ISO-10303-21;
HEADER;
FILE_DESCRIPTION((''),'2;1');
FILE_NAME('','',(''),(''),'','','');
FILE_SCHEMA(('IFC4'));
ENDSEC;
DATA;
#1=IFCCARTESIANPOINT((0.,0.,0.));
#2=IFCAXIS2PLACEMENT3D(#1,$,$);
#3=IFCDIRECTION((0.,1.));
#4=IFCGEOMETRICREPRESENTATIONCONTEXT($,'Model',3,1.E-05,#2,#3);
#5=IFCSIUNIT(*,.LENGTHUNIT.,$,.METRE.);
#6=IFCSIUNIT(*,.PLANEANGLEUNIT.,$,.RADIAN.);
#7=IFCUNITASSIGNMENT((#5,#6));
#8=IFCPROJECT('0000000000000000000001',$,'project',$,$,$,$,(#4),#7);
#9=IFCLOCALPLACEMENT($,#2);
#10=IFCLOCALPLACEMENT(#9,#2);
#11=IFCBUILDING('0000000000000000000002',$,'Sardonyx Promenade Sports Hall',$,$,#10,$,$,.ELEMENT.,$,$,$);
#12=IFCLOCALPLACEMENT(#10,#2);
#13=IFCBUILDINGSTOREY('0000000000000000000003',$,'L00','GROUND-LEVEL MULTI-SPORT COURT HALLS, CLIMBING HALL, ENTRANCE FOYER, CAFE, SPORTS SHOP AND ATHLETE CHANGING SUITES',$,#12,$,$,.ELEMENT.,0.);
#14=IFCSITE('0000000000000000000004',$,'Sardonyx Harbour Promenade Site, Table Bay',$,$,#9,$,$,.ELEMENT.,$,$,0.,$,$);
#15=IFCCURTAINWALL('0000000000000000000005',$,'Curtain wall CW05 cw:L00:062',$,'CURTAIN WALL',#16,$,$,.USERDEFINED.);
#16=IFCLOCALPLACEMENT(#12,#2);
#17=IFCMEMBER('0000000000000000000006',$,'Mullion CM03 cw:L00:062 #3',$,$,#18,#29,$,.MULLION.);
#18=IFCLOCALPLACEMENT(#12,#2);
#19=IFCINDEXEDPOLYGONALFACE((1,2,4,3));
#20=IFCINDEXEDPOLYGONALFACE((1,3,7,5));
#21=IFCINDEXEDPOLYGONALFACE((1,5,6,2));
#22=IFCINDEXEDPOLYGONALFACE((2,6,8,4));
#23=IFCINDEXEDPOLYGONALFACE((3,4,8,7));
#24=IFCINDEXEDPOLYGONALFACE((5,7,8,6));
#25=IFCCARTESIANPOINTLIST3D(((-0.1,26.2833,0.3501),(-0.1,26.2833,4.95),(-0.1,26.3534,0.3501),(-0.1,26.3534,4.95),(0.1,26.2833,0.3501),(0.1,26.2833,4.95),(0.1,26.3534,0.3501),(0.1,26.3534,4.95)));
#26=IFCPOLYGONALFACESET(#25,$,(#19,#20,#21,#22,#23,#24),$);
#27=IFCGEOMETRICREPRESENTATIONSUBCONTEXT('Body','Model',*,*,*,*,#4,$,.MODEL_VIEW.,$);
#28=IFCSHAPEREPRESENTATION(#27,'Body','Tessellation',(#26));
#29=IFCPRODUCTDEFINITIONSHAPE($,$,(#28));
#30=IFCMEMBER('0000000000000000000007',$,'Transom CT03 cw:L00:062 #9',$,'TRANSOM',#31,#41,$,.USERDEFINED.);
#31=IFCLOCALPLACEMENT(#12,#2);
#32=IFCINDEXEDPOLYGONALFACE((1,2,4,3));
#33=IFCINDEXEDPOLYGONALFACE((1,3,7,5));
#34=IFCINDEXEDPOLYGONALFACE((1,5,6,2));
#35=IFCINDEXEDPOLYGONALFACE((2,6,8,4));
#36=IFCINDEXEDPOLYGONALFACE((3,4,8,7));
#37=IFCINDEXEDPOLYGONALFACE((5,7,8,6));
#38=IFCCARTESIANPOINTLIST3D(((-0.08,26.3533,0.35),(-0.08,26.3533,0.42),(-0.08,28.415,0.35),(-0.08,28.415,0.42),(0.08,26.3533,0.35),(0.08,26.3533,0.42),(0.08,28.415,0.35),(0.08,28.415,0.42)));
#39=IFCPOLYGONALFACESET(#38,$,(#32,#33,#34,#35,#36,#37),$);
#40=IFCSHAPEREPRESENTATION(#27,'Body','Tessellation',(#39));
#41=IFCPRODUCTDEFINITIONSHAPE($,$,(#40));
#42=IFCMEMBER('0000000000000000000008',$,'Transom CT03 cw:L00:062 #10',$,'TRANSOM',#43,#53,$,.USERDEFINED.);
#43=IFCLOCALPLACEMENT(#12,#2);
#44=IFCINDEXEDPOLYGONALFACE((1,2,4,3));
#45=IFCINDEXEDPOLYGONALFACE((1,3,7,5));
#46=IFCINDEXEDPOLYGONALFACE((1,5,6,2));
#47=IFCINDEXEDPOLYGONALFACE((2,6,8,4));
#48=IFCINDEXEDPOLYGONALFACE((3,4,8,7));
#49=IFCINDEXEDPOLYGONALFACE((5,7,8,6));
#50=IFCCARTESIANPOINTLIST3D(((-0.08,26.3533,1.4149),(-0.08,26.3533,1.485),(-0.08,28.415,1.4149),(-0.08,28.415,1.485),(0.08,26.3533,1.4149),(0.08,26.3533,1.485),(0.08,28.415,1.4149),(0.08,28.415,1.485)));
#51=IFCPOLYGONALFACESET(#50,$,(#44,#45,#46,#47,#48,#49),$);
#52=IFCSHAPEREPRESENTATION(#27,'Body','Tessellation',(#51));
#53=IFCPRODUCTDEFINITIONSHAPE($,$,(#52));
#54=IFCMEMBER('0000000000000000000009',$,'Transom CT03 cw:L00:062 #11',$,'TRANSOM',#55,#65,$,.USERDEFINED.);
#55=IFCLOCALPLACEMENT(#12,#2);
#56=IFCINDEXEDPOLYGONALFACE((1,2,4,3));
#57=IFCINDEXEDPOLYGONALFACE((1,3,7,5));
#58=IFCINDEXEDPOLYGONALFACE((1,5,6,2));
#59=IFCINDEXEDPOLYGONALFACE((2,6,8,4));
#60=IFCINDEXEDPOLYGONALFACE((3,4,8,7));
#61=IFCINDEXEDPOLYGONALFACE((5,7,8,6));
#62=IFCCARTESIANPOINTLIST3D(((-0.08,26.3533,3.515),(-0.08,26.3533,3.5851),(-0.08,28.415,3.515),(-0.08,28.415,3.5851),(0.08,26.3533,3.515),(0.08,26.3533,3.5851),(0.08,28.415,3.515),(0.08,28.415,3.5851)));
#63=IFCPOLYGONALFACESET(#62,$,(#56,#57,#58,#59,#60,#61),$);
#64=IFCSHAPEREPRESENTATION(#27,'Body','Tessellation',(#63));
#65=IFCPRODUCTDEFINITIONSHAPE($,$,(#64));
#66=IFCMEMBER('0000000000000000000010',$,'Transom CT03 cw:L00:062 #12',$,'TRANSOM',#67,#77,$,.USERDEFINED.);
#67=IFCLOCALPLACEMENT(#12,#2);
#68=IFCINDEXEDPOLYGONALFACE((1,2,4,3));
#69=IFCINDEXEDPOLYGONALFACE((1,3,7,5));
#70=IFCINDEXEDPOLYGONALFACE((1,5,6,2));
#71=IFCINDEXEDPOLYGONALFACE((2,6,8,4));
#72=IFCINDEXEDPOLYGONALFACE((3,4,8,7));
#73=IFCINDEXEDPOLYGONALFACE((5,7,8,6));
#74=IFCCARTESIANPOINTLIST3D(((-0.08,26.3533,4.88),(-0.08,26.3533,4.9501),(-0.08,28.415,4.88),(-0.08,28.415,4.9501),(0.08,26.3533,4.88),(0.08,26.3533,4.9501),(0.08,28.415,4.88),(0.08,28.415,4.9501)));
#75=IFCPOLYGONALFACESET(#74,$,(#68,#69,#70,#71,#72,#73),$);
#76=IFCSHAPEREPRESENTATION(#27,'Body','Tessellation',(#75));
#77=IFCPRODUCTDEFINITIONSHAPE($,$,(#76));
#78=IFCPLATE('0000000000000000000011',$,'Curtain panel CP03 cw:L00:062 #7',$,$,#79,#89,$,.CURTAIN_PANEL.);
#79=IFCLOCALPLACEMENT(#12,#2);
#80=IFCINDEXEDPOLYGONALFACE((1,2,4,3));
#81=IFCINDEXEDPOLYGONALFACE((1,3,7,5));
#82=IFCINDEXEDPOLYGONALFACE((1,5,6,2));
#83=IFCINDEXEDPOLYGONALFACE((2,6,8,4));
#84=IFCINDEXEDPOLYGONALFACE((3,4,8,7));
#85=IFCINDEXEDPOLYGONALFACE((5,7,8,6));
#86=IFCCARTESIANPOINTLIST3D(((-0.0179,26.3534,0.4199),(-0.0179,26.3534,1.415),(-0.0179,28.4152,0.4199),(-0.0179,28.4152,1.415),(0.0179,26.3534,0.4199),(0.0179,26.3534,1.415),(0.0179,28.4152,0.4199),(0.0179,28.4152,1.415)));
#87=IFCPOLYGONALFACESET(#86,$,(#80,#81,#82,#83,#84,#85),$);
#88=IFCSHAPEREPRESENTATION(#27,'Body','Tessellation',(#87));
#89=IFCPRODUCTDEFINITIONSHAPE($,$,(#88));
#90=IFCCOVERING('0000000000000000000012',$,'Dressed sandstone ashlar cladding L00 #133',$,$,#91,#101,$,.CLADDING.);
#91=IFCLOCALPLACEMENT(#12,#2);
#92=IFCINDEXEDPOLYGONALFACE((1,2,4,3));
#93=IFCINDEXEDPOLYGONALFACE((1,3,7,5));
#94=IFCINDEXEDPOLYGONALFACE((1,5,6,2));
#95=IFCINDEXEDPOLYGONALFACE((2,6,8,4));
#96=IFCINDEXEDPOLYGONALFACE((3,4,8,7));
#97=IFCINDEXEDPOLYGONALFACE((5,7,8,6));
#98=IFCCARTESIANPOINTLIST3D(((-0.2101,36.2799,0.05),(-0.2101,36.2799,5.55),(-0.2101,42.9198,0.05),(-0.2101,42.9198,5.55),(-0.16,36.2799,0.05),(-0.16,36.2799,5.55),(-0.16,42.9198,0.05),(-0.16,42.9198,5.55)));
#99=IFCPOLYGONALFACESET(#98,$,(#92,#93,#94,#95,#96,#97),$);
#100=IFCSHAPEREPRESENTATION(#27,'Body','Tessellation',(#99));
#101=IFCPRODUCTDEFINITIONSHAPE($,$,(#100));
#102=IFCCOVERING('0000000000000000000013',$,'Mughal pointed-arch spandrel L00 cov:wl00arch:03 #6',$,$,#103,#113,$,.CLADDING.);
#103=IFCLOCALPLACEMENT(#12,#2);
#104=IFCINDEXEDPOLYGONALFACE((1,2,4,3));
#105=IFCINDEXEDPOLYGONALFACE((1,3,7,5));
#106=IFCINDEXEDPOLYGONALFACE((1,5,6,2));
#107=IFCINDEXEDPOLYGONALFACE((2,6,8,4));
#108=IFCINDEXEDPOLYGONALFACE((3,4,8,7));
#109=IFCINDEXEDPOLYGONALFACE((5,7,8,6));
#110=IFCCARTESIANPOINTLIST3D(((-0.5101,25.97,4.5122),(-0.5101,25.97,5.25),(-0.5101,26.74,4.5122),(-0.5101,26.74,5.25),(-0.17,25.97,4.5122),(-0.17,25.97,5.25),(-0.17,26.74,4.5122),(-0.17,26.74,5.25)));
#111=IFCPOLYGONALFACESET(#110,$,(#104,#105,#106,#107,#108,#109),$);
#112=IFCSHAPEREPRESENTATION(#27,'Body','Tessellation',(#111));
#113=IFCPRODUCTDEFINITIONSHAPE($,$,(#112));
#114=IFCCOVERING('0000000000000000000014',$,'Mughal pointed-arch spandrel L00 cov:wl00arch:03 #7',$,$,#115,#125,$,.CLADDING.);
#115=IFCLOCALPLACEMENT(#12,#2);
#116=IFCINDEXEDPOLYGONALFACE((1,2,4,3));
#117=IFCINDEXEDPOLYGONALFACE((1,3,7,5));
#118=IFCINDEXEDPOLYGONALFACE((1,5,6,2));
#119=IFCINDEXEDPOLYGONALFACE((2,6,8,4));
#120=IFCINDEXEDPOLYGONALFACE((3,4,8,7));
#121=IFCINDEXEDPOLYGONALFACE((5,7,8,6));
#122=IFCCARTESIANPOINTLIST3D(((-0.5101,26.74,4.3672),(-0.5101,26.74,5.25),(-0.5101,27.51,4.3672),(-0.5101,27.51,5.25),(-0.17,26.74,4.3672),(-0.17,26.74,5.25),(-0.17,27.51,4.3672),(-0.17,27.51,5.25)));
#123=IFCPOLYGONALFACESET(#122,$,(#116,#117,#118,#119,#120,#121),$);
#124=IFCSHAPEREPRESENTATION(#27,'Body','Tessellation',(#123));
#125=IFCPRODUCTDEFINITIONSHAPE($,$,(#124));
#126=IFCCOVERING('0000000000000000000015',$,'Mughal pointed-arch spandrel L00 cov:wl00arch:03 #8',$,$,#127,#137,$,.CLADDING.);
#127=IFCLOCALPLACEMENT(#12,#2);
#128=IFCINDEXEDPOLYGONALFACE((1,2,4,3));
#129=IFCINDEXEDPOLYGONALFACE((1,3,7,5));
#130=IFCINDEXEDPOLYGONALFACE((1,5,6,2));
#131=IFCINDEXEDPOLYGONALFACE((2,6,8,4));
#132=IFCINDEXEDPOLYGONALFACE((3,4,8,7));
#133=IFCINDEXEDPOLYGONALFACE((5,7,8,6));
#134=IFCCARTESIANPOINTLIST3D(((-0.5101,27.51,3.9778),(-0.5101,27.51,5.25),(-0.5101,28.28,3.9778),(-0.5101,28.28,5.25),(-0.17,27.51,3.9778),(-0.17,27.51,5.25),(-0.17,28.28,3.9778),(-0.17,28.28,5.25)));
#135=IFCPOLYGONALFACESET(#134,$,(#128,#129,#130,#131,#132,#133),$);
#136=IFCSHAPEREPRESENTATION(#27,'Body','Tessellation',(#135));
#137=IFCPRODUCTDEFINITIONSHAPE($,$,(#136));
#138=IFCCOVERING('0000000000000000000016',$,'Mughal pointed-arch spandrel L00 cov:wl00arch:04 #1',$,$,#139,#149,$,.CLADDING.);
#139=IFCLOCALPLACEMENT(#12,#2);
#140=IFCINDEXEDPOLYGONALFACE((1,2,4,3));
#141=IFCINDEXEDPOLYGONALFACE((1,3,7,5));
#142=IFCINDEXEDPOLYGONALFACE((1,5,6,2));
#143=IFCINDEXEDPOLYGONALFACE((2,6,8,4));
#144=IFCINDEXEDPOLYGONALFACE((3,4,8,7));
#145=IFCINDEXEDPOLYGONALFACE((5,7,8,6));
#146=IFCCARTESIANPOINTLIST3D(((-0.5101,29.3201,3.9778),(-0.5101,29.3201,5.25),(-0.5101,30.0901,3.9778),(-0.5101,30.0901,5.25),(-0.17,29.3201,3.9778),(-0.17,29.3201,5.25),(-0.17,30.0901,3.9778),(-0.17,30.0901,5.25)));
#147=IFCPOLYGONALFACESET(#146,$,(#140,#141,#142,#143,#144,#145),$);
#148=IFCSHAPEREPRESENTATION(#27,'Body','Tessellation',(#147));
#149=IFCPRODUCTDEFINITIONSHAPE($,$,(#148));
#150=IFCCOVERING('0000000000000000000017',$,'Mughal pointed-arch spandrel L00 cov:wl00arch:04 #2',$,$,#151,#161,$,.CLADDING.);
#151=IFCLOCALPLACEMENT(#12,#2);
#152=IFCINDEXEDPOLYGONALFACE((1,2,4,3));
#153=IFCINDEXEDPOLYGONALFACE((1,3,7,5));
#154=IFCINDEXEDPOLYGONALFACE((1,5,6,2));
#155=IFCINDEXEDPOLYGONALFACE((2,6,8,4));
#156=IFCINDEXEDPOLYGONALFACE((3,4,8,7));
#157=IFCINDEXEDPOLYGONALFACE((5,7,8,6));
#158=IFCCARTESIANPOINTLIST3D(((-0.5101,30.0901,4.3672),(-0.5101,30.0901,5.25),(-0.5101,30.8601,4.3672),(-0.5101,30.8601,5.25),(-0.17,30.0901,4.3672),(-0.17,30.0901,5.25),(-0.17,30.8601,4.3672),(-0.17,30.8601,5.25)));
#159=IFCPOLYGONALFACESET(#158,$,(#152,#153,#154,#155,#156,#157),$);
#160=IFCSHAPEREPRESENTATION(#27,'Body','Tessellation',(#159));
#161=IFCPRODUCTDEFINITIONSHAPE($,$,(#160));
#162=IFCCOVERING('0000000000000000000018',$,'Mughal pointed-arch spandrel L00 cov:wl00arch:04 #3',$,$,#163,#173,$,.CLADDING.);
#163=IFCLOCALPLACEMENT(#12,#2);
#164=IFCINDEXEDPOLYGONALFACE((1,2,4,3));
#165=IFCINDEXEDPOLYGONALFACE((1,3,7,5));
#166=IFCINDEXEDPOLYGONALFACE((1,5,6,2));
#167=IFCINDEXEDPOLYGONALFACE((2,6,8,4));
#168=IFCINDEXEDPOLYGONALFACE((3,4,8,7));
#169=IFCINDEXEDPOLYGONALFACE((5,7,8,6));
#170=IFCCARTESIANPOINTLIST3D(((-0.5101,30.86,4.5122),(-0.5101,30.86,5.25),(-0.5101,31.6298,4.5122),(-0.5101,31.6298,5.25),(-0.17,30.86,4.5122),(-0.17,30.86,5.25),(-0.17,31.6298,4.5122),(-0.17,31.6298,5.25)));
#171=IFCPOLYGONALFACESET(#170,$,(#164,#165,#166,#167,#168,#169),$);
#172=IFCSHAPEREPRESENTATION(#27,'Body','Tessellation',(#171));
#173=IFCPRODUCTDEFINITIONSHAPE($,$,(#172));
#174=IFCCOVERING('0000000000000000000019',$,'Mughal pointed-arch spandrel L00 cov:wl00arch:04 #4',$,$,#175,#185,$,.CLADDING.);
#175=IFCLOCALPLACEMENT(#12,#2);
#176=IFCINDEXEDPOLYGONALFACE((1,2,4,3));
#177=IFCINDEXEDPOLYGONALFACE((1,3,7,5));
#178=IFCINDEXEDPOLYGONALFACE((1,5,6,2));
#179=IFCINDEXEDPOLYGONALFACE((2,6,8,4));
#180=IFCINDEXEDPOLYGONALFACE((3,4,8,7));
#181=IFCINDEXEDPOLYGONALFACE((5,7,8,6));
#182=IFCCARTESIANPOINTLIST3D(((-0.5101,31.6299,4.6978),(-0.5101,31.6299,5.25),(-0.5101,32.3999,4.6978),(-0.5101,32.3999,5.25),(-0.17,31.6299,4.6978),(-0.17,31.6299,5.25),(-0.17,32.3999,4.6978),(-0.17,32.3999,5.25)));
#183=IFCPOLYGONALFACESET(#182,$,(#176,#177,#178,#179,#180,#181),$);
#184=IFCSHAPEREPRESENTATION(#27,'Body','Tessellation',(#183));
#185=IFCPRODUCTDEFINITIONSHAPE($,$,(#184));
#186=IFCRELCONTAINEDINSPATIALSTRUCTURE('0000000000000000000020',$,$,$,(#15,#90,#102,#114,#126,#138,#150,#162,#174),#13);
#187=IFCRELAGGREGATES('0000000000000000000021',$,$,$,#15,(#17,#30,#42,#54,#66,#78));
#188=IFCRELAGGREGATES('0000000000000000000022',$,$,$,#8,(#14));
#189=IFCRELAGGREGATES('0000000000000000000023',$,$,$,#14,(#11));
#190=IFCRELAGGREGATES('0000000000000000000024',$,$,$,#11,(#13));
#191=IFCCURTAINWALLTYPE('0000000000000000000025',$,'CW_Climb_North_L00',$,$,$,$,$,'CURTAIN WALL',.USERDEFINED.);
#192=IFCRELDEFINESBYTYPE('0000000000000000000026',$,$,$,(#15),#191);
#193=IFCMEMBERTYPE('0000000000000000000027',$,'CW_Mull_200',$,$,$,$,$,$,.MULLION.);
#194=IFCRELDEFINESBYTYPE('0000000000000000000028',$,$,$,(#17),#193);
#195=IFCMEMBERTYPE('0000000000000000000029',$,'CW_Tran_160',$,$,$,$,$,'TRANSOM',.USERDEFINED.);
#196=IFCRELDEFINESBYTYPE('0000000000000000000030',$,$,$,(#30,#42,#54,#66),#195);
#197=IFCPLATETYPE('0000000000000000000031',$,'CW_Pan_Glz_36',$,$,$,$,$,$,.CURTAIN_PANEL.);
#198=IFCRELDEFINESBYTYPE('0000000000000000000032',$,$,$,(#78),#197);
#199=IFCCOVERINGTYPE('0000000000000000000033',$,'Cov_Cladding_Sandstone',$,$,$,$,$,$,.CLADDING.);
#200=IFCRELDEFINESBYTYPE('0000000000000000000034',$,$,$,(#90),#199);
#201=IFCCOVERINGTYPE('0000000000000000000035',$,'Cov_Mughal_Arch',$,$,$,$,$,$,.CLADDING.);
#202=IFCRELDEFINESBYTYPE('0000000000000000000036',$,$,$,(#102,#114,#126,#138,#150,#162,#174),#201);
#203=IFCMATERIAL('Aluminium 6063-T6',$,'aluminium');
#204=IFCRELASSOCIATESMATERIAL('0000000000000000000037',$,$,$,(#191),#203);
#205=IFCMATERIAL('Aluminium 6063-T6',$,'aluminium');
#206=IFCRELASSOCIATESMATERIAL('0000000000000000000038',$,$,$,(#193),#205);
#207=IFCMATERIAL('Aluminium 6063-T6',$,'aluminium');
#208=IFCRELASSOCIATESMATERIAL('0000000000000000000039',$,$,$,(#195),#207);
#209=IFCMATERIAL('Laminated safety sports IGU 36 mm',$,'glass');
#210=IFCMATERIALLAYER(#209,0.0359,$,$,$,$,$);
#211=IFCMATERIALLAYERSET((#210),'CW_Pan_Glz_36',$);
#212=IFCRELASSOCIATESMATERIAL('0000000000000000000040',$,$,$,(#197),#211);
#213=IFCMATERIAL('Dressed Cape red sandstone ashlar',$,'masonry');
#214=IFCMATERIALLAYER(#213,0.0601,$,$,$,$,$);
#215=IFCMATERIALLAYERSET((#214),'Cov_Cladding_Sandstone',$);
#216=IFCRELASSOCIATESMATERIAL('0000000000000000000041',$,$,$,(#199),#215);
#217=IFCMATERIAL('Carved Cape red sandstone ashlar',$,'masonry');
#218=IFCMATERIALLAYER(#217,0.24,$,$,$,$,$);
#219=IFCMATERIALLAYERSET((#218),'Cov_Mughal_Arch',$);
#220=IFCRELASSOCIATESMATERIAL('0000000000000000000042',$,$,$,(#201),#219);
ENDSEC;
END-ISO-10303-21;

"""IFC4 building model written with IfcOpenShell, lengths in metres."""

from ifc_helpers import new_model, si_unit, direction, frame, frame_2d, origin, origin_2d, place, context, subcontext, project, spatial, rectangle, extrude, material, layer, layer_set, material_profile, profile_set, type_object, element, aggregate, save


model = new_model("IFC4")

# Units and contexts
model_context = context("Model", 3, precision=1e-05, world=origin(), true_north=direction((0.0, 1.0)))
body_context = subcontext(model_context, "Body", "Model", "MODEL_VIEW")
ifc_project = project(units=[si_unit("LENGTHUNIT", "METRE"), si_unit("PLANEANGLEUNIT", "RADIAN")], contexts=[model_context])

# Site, building, storey
site_placement = place(None, origin())
site = spatial("IfcSite", under=ifc_project, at=site_placement, Name="Sardonyx Harbour Promenade Site, Table Bay", CompositionType="ELEMENT", RefElevation=0.0)
building_placement = place(site_placement, origin())
building = spatial("IfcBuilding", under=site, at=building_placement, Name="Sardonyx Promenade Sports Hall", CompositionType="ELEMENT")
storey_placement = place(building_placement, origin())
storey = spatial("IfcBuildingStorey", under=building, at=storey_placement, Name="L00", Description="GROUND-LEVEL MULTI-SPORT COURT HALLS, CLIMBING HALL, ENTRANCE FOYER, CAFE, SPORTS SHOP AND ATHLETE CHANGING SUITES", CompositionType="ELEMENT", Elevation=0.0)

# Curtain wall, members, plate
ifc_material_1 = material(Name="Aluminium 6063-T6", Category="aluminium")
curtain_wall_type = type_object("IfcCurtainWallType", Name="CW_Climb_North_L00", ElementType="CURTAIN WALL", PredefinedType="USERDEFINED", material=ifc_material_1)
curtain_wall_placement = place(storey_placement, origin())
curtain_wall = element("IfcCurtainWall", 1, at=curtain_wall_placement, inside=storey, type_object=curtain_wall_type, Name="Curtain wall CW05 cw:L00:062", ObjectType="CURTAIN WALL", PredefinedType="USERDEFINED")
ifc_material_2 = material(Name="Aluminium 6063-T6", Category="aluminium")
ifc_material_profile_1 = material_profile(ifc_material_2, rectangle(XDim=0.0701, YDim=0.2, at=origin_2d()))
ifc_profile_set_1 = profile_set([ifc_material_profile_1], Name="Aluminium 6063-T6")
member_type_1 = type_object("IfcMemberType", Name="CW_Mull_200", PredefinedType="MULLION", material=ifc_profile_set_1)
member_1_placement = place(storey_placement, frame((0.0, 26.3184, 0.3501), z_axis=(0.0, 0.0, 1.0), x_axis=(0.0, 1.0, 0.0)))
member_1 = element("IfcMember", 2, at=member_1_placement, type_object=member_type_1, Name="Mullion CM03 cw:L00:062 #3", PredefinedType="MULLION", context=body_context, shape_type="SweptSolid", body=[
    extrude(rectangle(XDim=0.0701, YDim=0.2, at=origin_2d()), origin(), (0.0, 0.0, 1.0), 4.5999),
])
ifc_material_3 = material(Name="Aluminium 6063-T6", Category="aluminium")
ifc_material_profile_2 = material_profile(ifc_material_3, rectangle(XDim=0.0701, YDim=0.1599, at=origin_2d()))
ifc_profile_set_2 = profile_set([ifc_material_profile_2], Name="Aluminium 6063-T6")
member_type_2 = type_object("IfcMemberType", Name="CW_Tran_160", ElementType="TRANSOM", PredefinedType="USERDEFINED", material=ifc_profile_set_2)
member_2_placement = place(storey_placement, frame((0.0, 26.3533, 0.385), z_axis=(0.0, 1.0, 0.0), x_axis=(0.0, 0.0, 1.0)))
member_2 = element("IfcMember", 3, at=member_2_placement, type_object=member_type_2, Name="Transom CT03 cw:L00:062 #9", ObjectType="TRANSOM", PredefinedType="USERDEFINED", context=body_context, shape_type="SweptSolid", body=[
    extrude(rectangle(XDim=0.0701, YDim=0.1599, at=origin_2d()), origin(), (0.0, 0.0, 1.0), 2.0618),
])
member_3_placement = place(storey_placement, frame((0.0, 26.3533, 1.45), z_axis=(0.0, 1.0, 0.0), x_axis=(0.0, 0.0, 1.0)))
member_3 = element("IfcMember", 4, at=member_3_placement, type_object=member_type_2, Name="Transom CT03 cw:L00:062 #10", ObjectType="TRANSOM", PredefinedType="USERDEFINED", context=body_context, shape_type="SweptSolid", body=[
    extrude(rectangle(XDim=0.0701, YDim=0.1599, at=origin_2d()), origin(), (0.0, 0.0, 1.0), 2.0618),
])
member_4_placement = place(storey_placement, frame((0.0, 26.3533, 3.55), z_axis=(0.0, 1.0, 0.0), x_axis=(0.0, 0.0, 1.0)))
member_4 = element("IfcMember", 5, at=member_4_placement, type_object=member_type_2, Name="Transom CT03 cw:L00:062 #11", ObjectType="TRANSOM", PredefinedType="USERDEFINED", context=body_context, shape_type="SweptSolid", body=[
    extrude(rectangle(XDim=0.0701, YDim=0.1599, at=origin_2d()), origin(), (0.0, 0.0, 1.0), 2.0618),
])
member_5_placement = place(storey_placement, frame((0.0, 26.3533, 4.915), z_axis=(0.0, 1.0, 0.0), x_axis=(0.0, 0.0, 1.0)))
member_5 = element("IfcMember", 6, at=member_5_placement, type_object=member_type_2, Name="Transom CT03 cw:L00:062 #12", ObjectType="TRANSOM", PredefinedType="USERDEFINED", context=body_context, shape_type="SweptSolid", body=[
    extrude(rectangle(XDim=0.0701, YDim=0.1599, at=origin_2d()), origin(), (0.0, 0.0, 1.0), 2.0618),
])
ifc_material_4 = material(Name="Laminated safety sports IGU 36 mm", Category="glass")
ifc_layer_1 = layer(ifc_material_4, 0.0359)
ifc_layer_set_1 = layer_set([ifc_layer_1], Name="CW_Pan_Glz_36")
plate_type = type_object("IfcPlateType", Name="CW_Pan_Glz_36", PredefinedType="CURTAIN_PANEL", material=ifc_layer_set_1)
plate_placement = place(storey_placement, frame((0.0, 27.3843, 0.4199), z_axis=(0.0, 0.0, 1.0), x_axis=(0.0, 1.0, 0.0)))
plate = element("IfcPlate", 7, at=plate_placement, type_object=plate_type, Name="Curtain panel CP03 cw:L00:062 #7", PredefinedType="CURTAIN_PANEL", context=body_context, shape_type="SweptSolid", body=[
    extrude(rectangle(XDim=2.0618, YDim=0.0359, at=origin_2d()), origin(), (0.0, 0.0, 1.0), 0.9951),
])
aggregate(curtain_wall, [member_1, member_2, member_3, member_4, member_5, plate])

# Coverings
ifc_material_5 = material(Name="Dressed Cape red sandstone ashlar", Category="masonry")
ifc_layer_2 = layer(ifc_material_5, 0.0601)
ifc_layer_set_2 = layer_set([ifc_layer_2], Name="Cov_Cladding_Sandstone")
covering_type_1 = type_object("IfcCoveringType", Name="Cov_Cladding_Sandstone", PredefinedType="CLADDING", material=ifc_layer_set_2)
covering_1_placement = place(storey_placement, frame((-0.1851, 36.28, 0.05), z_axis=(0.0, 0.0, 1.0), x_axis=(0.0, 1.0, 0.0)))
element("IfcCovering", 8, at=covering_1_placement, inside=storey, type_object=covering_type_1, Name="Dressed sandstone ashlar cladding L00 #133", PredefinedType="CLADDING", context=body_context, shape_type="SweptSolid", body=[
    extrude(rectangle(XDim=6.6399, YDim=0.05, at=frame_2d((3.3198, 0.0))), origin(), (0.0, 0.0, 1.0), 5.5),
])
ifc_material_6 = material(Name="Carved Cape red sandstone ashlar", Category="masonry")
ifc_layer_3 = layer(ifc_material_6, 0.24)
ifc_layer_set_3 = layer_set([ifc_layer_3], Name="Cov_Mughal_Arch")
covering_type_2 = type_object("IfcCoveringType", Name="Cov_Mughal_Arch", PredefinedType="CLADDING", material=ifc_layer_set_3)
covering_2_placement = place(storey_placement, frame((-0.3401, 25.97, 4.5122), z_axis=(0.0, 0.0, 1.0), x_axis=(0.0, 1.0, 0.0)))
element("IfcCovering", 9, at=covering_2_placement, inside=storey, type_object=covering_type_2, Name="Mughal pointed-arch spandrel L00 cov:wl00arch:03 #6", PredefinedType="CLADDING", context=body_context, shape_type="SweptSolid", body=[
    extrude(rectangle(XDim=0.77, YDim=0.3401, at=frame_2d((0.385, 0.0))), origin(), (0.0, 0.0, 1.0), 0.7378),
])
covering_3_placement = place(storey_placement, frame((-0.3401, 26.74, 4.3672), z_axis=(0.0, 0.0, 1.0), x_axis=(0.0, 1.0, 0.0)))
element("IfcCovering", 10, at=covering_3_placement, inside=storey, type_object=covering_type_2, Name="Mughal pointed-arch spandrel L00 cov:wl00arch:03 #7", PredefinedType="CLADDING", context=body_context, shape_type="SweptSolid", body=[
    extrude(rectangle(XDim=0.77, YDim=0.3401, at=frame_2d((0.385, 0.0))), origin(), (0.0, 0.0, 1.0), 0.8828),
])
for number, where, z_axis, x_axis, name in (
    (11, (-0.3401, 27.51, 3.9778), (0.0, 0.0, 1.0), (0.0, 1.0, 0.0), "Mughal pointed-arch spandrel L00 cov:wl00arch:03 #8"),
    (12, (-0.3401, 29.3201, 3.9778), (0.0, 0.0, 1.0), (0.0, 1.0, 0.0), "Mughal pointed-arch spandrel L00 cov:wl00arch:04 #1"),
):
    element("IfcCovering", number, at=place(storey_placement, frame(where, z_axis=z_axis, x_axis=x_axis)), inside=storey, type_object=covering_type_2, Name=name, PredefinedType="CLADDING", context=body_context, shape_type="SweptSolid", body=[
        extrude(rectangle(XDim=0.77, YDim=0.3401, at=frame_2d((0.385, 0.0))), origin(), (0.0, 0.0, 1.0), 1.2722),
    ])
covering_4_placement = place(storey_placement, frame((-0.3401, 30.0901, 4.3672), z_axis=(0.0, 0.0, 1.0), x_axis=(0.0, 1.0, 0.0)))
element("IfcCovering", 13, at=covering_4_placement, inside=storey, type_object=covering_type_2, Name="Mughal pointed-arch spandrel L00 cov:wl00arch:04 #2", PredefinedType="CLADDING", context=body_context, shape_type="SweptSolid", body=[
    extrude(rectangle(XDim=0.77, YDim=0.3401, at=frame_2d((0.385, 0.0))), origin(), (0.0, 0.0, 1.0), 0.8828),
])
covering_5_placement = place(storey_placement, frame((-0.3401, 30.8601, 4.5122), z_axis=(0.0, 0.0, 1.0), x_axis=(0.0, 1.0, 0.0)))
element("IfcCovering", 14, at=covering_5_placement, inside=storey, type_object=covering_type_2, Name="Mughal pointed-arch spandrel L00 cov:wl00arch:04 #3", PredefinedType="CLADDING", context=body_context, shape_type="SweptSolid", body=[
    extrude(rectangle(XDim=0.7698, YDim=0.3401, at=frame_2d((0.3848, 0.0))), origin(), (0.0, 0.0, 1.0), 0.7378),
])
for number, where, z_axis, x_axis, name in (
    (15, (-0.3401, 31.6299, 4.6978), (0.0, 0.0, 1.0), (0.0, 1.0, 0.0), "Mughal pointed-arch spandrel L00 cov:wl00arch:04 #4"),
):
    element("IfcCovering", number, at=place(storey_placement, frame(where, z_axis=z_axis, x_axis=x_axis)), inside=storey, type_object=covering_type_2, Name=name, PredefinedType="CLADDING", context=body_context, shape_type="SweptSolid", body=[
        extrude(rectangle(XDim=0.77, YDim=0.3401, at=frame_2d((0.385, 0.0))), origin(), (0.0, 0.0, 1.0), 0.5522),
    ])

save(model, "model.ifc")
